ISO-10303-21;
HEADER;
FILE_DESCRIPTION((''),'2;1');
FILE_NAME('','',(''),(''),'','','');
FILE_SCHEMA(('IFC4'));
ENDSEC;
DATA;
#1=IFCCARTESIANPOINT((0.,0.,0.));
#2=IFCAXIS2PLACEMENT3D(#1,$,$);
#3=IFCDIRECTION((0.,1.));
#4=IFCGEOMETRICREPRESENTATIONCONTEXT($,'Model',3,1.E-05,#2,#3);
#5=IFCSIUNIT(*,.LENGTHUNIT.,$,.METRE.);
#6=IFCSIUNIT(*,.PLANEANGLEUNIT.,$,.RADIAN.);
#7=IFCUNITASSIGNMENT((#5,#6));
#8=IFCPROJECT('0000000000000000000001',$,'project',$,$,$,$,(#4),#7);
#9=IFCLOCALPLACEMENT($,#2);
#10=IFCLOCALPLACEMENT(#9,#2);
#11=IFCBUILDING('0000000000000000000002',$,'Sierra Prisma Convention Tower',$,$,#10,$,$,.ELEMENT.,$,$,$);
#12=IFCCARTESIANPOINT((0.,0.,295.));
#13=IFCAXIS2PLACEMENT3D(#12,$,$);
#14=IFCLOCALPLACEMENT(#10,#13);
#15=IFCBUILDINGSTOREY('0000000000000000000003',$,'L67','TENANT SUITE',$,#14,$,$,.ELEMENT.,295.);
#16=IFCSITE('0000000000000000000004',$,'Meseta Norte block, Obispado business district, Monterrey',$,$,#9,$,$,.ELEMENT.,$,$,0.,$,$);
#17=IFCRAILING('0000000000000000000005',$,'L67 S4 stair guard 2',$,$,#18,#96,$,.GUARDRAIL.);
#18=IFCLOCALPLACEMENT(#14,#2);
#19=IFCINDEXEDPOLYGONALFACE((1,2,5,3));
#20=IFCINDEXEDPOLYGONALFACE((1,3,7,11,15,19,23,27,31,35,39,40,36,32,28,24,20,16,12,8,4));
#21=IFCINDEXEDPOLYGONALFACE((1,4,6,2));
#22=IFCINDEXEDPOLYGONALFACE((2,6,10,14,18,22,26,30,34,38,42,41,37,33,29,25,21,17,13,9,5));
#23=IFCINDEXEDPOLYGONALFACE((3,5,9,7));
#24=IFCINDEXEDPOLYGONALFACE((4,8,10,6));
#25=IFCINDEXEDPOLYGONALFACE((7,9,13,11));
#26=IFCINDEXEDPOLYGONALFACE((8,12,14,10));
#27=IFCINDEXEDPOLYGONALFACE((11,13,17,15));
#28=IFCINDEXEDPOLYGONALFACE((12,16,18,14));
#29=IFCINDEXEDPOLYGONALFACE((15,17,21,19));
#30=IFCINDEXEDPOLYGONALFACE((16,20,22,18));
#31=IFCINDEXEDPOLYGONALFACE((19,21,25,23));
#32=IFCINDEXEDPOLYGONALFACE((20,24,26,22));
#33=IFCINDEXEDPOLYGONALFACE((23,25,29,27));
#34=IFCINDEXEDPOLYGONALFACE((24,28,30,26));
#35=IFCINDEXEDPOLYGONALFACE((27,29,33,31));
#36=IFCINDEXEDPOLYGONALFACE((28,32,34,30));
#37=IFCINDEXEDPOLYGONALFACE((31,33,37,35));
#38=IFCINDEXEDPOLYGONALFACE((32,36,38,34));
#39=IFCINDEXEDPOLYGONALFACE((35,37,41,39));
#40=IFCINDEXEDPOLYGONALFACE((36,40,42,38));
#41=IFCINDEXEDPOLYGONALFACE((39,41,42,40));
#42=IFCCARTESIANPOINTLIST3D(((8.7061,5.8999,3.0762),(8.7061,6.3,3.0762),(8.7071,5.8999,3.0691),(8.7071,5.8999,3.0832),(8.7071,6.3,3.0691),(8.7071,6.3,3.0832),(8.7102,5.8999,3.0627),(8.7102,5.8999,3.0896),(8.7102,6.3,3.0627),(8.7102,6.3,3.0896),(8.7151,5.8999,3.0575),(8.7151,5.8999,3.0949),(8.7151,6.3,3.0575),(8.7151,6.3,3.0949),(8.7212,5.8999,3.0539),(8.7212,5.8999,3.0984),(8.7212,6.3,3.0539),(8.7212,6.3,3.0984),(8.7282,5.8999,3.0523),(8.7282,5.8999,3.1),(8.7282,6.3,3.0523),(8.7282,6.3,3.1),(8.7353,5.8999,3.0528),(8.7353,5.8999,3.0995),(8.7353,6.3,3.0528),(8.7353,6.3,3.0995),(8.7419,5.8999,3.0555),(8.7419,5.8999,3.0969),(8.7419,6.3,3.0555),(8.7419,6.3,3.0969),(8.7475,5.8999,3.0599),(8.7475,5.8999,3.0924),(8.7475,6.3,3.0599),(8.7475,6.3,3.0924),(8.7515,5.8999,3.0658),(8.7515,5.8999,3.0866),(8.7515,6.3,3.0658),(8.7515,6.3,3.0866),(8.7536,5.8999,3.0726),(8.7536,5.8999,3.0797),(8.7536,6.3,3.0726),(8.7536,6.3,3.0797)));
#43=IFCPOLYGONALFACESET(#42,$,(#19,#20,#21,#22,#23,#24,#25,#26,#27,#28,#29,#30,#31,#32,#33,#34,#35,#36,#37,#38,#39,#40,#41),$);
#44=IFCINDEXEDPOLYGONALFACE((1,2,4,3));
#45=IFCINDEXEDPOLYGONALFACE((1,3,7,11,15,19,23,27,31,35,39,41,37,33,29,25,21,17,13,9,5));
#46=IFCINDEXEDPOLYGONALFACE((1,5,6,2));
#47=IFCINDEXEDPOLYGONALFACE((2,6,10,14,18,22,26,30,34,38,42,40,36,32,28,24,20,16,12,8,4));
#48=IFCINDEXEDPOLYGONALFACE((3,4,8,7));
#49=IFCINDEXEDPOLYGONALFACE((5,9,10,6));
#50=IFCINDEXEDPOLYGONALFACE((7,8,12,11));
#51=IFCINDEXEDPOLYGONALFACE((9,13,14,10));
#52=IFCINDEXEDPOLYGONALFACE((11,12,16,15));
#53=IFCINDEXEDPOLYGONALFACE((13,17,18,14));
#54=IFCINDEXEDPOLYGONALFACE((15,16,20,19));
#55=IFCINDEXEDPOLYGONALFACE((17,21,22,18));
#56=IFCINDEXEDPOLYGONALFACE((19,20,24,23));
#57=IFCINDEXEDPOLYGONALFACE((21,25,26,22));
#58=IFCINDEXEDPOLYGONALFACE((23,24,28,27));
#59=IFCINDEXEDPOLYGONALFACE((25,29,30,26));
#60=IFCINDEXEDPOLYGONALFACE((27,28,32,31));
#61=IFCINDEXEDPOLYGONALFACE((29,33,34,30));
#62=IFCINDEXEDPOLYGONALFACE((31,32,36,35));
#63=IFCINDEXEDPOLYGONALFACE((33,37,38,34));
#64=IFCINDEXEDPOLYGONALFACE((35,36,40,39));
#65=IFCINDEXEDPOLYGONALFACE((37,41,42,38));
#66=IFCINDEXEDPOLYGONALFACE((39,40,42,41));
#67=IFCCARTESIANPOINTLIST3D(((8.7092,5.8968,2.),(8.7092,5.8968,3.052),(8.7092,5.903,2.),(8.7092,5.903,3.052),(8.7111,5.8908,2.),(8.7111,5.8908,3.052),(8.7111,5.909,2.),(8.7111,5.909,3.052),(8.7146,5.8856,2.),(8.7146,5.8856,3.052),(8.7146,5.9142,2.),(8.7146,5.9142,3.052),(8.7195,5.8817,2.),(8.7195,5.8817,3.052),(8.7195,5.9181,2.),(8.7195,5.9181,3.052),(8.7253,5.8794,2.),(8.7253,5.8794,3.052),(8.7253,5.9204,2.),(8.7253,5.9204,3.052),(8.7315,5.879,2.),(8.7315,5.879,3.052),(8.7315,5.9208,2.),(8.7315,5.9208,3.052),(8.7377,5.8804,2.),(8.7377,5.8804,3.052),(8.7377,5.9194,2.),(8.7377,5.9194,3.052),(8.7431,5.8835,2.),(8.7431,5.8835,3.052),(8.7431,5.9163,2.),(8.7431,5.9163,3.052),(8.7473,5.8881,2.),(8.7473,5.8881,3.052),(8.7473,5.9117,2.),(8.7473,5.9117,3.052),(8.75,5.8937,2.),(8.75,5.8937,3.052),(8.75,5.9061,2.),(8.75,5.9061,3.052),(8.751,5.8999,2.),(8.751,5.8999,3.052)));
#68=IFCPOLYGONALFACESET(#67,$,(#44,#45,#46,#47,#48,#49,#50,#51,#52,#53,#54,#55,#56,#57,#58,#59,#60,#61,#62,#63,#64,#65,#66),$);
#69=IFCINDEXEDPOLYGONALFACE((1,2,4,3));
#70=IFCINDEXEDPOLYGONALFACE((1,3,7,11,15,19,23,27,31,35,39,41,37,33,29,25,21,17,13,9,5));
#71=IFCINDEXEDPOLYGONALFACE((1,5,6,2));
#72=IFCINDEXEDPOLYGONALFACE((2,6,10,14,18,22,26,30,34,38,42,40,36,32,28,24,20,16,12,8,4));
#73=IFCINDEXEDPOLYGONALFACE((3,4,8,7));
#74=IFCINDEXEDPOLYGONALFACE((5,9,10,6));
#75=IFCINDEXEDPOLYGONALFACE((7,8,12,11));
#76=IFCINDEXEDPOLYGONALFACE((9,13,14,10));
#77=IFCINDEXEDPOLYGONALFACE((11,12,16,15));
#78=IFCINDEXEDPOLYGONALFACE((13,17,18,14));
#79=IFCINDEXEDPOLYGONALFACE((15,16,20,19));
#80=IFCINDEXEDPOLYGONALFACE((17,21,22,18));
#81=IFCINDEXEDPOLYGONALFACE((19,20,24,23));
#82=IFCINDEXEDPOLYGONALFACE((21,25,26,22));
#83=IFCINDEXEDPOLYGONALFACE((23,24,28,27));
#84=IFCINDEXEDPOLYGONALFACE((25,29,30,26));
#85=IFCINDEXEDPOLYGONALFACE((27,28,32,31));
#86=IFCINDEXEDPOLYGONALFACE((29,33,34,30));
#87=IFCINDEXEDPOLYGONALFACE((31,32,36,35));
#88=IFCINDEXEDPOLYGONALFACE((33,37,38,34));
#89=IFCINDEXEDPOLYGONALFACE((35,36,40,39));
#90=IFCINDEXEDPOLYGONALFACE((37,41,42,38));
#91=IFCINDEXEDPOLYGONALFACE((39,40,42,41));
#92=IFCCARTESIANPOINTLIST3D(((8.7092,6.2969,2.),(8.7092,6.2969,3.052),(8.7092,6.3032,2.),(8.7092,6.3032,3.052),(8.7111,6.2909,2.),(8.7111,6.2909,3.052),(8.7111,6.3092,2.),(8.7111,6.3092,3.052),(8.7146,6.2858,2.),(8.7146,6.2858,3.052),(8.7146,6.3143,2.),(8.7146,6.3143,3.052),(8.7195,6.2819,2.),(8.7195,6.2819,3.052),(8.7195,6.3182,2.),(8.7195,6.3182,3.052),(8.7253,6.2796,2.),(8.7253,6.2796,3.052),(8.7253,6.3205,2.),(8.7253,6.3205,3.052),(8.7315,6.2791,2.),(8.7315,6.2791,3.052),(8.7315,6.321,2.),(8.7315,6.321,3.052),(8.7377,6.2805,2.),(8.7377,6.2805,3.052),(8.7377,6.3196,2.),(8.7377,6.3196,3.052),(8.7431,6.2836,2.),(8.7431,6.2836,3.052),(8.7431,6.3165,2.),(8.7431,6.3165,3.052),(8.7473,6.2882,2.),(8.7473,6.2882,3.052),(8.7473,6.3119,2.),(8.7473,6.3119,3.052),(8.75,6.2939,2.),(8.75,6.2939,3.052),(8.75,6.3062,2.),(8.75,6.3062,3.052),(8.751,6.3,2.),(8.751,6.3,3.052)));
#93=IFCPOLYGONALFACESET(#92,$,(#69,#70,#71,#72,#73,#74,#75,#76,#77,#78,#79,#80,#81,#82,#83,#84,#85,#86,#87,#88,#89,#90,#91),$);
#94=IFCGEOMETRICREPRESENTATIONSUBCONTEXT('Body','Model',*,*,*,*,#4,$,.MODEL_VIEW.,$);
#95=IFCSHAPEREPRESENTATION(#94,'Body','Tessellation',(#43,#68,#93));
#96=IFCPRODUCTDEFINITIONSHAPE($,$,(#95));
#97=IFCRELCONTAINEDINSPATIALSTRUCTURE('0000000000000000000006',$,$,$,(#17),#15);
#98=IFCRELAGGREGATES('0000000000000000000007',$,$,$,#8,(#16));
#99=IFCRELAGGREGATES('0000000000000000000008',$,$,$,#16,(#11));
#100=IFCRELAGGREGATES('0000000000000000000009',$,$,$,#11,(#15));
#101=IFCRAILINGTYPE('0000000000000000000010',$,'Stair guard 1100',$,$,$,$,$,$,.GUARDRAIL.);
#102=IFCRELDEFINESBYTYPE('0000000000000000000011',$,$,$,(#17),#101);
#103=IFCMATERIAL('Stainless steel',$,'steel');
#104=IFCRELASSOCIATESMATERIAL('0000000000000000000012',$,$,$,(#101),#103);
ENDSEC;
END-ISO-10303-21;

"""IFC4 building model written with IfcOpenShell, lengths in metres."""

from ifc_helpers import new_model, si_unit, direction, frame, origin, origin_2d, place, context, subcontext, project, spatial, circle, extrude, material, type_object, element, save


model = new_model("IFC4")

# Units and contexts
model_context = context("Model", 3, precision=1e-05, world=origin(), true_north=direction((0.0, 1.0)))
body_context = subcontext(model_context, "Body", "Model", "MODEL_VIEW")
ifc_project = project(units=[si_unit("LENGTHUNIT", "METRE"), si_unit("PLANEANGLEUNIT", "RADIAN")], contexts=[model_context])

# Site, building, storey
site_placement = place(None, origin())
site = spatial("IfcSite", under=ifc_project, at=site_placement, Name="Meseta Norte block, Obispado business district, Monterrey", CompositionType="ELEMENT", RefElevation=0.0)
building_placement = place(site_placement, origin())
building = spatial("IfcBuilding", under=site, at=building_placement, Name="Sierra Prisma Convention Tower", CompositionType="ELEMENT")
storey_placement = place(building_placement, frame((0.0, 0.0, 295.0)))
storey = spatial("IfcBuildingStorey", under=building, at=storey_placement, Name="L67", Description="TENANT SUITE", CompositionType="ELEMENT", Elevation=295.0)

# Railing
ifc_material_1 = material(Name="Stainless steel", Category="steel")
railing_type_1 = type_object("IfcRailingType", Name="Stair guard 1100", PredefinedType="GUARDRAIL", material=ifc_material_1)
railing_1_placement = place(storey_placement, frame((8.73, 5.8999, 2.0)))
element("IfcRailing", 1, at=railing_1_placement, inside=storey, type_object=railing_type_1, Name="L67 S4 stair guard 2", PredefinedType="GUARDRAIL", context=body_context, shape_type="SweptSolid", body=[
    extrude(circle(Radius=0.0239, at=origin_2d()), frame((0.0, 0.0, 1.0762), z_axis=(0.0, 1.0, 0.0), x_axis=(-1.0, 0.0, 0.0)), (0.0, 0.0, 1.0), 0.4001),
    extrude(circle(Radius=0.021, at=origin_2d()), origin(), (0.0, 0.0, 1.0), 1.052),
    extrude(circle(Radius=0.021, at=origin_2d()), frame((0.0, 0.4001, 0.0)), (0.0, 0.0, 1.0), 1.052),
])

save(model, "model.ifc")
